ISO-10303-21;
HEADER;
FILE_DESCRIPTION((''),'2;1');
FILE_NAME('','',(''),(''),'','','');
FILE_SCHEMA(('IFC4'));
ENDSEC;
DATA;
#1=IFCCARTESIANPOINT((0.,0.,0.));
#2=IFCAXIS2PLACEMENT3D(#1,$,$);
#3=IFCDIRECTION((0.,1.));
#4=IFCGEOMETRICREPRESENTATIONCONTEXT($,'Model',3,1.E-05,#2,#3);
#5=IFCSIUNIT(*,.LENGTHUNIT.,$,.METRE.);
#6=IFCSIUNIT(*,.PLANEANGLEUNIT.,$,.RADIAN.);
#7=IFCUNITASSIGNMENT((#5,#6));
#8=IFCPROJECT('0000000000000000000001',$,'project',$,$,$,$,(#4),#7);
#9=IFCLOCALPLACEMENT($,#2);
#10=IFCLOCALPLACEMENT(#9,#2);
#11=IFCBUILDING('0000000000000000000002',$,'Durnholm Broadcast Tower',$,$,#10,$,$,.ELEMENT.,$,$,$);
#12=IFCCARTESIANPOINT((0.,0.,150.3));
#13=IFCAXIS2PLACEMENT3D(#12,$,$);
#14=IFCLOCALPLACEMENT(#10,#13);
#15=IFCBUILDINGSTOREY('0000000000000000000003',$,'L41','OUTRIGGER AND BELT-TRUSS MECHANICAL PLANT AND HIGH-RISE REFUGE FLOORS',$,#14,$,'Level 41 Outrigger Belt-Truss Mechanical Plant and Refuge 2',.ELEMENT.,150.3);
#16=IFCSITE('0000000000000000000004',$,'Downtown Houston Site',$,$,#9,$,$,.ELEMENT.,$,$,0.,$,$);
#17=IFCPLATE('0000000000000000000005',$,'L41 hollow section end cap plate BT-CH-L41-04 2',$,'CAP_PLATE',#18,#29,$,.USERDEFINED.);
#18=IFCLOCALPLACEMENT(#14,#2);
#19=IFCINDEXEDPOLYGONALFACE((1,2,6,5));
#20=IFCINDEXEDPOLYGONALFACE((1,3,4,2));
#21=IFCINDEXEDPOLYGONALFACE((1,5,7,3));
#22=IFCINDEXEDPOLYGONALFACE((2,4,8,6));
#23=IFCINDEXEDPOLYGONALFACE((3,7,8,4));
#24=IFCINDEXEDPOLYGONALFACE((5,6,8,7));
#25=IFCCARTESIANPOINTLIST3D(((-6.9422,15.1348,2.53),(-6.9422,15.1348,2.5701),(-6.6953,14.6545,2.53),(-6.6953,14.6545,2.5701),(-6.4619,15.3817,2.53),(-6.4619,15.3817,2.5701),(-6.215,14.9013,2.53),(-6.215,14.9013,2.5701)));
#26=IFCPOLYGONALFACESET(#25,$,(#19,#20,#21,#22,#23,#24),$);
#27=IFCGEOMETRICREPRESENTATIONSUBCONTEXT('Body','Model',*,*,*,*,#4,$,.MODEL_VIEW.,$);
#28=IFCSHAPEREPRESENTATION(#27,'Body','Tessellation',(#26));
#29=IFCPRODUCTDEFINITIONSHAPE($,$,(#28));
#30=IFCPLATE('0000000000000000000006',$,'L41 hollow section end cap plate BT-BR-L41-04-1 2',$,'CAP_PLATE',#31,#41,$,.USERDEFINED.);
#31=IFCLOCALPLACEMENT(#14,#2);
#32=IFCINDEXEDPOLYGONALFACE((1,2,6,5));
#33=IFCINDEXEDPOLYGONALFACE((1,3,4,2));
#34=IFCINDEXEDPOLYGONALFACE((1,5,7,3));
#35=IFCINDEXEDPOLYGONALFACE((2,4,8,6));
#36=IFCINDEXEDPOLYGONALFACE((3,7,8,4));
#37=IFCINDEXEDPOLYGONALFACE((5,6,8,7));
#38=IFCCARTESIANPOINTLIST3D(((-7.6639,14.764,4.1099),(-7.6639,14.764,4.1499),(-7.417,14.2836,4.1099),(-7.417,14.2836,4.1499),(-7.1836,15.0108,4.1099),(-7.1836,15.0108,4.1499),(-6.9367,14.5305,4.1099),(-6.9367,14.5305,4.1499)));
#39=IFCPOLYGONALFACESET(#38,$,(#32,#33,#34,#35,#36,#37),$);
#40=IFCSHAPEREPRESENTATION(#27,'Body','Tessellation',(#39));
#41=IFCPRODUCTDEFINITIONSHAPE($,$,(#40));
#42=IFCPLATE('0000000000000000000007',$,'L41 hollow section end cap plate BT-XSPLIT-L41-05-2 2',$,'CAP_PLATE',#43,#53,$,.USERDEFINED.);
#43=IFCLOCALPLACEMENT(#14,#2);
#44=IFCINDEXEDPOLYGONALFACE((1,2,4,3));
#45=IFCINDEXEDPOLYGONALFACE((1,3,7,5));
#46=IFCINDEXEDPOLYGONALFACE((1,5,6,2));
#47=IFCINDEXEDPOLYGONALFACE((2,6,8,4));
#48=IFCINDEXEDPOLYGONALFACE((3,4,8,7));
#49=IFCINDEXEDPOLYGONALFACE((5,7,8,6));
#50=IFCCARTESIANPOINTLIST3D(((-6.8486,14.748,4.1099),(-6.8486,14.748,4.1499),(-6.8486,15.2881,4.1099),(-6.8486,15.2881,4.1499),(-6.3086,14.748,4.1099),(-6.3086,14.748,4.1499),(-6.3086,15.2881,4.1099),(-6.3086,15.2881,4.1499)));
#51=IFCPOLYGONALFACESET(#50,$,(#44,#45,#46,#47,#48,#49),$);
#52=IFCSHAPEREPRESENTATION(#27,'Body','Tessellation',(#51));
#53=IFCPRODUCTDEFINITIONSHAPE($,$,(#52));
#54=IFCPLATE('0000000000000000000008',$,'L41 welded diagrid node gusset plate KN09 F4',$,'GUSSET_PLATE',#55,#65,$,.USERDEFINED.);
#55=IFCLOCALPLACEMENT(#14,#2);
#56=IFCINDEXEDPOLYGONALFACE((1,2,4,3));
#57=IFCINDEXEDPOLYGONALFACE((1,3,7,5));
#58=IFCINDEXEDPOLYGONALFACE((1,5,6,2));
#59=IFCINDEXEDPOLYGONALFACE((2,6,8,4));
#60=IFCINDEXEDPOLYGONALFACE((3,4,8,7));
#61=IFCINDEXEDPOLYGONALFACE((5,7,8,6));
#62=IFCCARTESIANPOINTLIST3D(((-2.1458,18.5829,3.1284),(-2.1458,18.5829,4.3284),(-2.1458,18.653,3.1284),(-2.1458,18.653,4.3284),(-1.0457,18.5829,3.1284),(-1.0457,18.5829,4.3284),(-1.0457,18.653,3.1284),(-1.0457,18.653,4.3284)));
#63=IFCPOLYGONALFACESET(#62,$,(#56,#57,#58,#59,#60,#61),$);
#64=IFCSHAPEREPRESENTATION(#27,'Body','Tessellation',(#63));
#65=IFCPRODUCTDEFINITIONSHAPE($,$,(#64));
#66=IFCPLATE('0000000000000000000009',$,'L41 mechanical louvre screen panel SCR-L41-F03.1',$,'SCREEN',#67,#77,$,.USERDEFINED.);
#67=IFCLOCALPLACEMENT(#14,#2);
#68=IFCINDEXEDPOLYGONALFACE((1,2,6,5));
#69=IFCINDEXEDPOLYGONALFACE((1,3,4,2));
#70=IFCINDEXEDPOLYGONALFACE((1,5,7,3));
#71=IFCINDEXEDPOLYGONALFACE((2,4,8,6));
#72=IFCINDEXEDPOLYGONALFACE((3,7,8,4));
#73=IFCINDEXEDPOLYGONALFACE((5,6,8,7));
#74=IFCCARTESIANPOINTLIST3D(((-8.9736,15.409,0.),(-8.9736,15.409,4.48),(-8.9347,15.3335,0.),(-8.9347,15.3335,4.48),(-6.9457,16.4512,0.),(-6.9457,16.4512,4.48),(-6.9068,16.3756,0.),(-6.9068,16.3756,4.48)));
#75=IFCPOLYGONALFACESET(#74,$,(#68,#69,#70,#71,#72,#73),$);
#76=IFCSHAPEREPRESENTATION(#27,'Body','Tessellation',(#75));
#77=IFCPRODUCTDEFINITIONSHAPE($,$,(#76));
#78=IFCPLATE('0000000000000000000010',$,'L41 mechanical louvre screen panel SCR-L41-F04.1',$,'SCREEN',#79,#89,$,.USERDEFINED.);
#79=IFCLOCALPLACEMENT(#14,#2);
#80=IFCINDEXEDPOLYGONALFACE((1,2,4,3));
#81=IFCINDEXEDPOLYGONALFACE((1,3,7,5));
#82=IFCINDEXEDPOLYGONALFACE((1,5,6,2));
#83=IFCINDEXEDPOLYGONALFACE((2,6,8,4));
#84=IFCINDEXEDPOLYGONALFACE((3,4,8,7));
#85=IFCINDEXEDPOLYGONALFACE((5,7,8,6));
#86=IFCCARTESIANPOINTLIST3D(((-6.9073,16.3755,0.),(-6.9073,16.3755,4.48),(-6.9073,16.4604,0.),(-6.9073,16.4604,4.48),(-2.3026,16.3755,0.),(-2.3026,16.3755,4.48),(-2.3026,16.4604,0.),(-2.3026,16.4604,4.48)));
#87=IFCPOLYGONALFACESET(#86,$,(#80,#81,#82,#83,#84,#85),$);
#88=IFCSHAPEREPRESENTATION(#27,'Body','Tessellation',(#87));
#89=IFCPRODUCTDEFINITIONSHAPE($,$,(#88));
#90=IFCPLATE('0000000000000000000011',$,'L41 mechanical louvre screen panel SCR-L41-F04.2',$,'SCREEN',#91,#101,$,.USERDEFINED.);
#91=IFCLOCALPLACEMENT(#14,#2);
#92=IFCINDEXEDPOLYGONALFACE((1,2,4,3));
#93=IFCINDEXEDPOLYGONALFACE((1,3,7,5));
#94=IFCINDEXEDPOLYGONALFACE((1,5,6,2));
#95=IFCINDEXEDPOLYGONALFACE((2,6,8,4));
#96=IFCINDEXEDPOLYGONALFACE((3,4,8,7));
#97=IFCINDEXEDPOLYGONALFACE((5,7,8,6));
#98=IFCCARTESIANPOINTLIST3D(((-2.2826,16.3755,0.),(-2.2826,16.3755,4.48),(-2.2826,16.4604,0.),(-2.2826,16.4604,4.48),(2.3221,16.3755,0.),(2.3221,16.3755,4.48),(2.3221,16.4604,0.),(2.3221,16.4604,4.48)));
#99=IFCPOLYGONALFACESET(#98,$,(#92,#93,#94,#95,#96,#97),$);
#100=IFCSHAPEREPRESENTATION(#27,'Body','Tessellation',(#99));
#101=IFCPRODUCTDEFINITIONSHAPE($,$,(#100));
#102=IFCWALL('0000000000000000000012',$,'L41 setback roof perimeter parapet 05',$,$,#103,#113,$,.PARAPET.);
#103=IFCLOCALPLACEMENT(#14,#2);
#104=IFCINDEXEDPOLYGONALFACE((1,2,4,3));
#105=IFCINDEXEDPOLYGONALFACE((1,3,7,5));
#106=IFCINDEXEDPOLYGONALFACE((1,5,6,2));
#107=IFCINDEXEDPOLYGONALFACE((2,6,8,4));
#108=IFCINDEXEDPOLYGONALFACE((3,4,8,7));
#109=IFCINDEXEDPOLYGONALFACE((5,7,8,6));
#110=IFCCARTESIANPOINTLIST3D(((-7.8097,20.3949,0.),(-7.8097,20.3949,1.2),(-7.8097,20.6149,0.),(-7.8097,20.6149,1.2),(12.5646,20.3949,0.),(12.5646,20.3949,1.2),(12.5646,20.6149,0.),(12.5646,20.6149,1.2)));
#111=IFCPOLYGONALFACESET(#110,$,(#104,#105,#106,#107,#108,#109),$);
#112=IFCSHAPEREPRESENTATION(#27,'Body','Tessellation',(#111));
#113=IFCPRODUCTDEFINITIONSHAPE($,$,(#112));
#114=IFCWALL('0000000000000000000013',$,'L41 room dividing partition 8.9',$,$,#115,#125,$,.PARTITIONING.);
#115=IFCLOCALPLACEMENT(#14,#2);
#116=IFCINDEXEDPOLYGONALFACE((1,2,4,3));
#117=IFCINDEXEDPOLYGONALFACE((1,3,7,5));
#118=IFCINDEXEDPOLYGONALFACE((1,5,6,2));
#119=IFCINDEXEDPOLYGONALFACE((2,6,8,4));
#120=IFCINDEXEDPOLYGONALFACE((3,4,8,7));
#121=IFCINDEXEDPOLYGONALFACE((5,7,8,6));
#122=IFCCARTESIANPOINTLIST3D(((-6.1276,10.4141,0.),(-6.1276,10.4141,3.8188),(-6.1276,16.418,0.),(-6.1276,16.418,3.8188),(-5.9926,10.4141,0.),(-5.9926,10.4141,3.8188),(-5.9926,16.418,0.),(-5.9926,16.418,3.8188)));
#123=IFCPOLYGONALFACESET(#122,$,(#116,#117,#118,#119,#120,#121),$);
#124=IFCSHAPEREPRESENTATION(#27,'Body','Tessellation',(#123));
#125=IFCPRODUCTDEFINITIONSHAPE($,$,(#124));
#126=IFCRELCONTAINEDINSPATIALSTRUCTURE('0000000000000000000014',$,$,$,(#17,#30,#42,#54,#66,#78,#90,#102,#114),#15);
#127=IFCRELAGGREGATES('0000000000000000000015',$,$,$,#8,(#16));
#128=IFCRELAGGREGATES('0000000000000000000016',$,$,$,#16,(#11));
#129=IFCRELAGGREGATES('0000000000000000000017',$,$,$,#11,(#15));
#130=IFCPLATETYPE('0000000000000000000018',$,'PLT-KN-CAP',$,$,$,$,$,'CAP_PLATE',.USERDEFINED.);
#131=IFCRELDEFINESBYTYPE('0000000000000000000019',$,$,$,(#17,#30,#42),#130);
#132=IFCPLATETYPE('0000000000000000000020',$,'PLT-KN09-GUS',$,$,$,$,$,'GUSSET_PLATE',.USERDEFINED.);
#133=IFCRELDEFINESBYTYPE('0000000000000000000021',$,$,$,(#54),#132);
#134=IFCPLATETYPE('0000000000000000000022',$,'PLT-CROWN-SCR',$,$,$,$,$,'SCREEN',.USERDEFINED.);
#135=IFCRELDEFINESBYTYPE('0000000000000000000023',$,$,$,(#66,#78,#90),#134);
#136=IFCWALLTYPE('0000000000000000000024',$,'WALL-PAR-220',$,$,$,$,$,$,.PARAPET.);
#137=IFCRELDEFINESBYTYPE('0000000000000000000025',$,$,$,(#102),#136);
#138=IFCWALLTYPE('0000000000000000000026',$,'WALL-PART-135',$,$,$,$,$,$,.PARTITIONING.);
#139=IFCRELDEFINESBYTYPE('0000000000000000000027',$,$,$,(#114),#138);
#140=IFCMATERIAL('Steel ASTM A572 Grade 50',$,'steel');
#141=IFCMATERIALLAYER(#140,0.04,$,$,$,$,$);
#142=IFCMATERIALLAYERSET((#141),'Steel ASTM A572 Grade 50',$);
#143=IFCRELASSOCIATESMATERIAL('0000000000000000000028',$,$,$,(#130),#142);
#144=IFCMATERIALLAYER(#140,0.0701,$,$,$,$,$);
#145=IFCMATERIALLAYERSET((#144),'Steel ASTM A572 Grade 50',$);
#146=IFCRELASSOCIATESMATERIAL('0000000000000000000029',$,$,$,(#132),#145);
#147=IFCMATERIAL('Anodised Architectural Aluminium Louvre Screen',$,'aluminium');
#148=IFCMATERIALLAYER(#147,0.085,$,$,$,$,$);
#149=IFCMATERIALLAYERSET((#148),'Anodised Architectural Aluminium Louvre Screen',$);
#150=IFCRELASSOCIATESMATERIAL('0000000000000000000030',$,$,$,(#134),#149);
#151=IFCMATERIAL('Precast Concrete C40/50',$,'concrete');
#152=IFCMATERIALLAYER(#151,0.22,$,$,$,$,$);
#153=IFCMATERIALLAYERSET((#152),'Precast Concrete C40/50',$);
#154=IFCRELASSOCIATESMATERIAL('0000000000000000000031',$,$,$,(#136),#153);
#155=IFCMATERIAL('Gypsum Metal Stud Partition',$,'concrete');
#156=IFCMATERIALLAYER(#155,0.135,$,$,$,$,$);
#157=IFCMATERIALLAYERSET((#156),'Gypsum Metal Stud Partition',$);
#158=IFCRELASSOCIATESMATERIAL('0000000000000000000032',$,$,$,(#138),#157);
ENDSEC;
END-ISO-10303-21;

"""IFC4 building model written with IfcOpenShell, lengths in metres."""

from ifc_helpers import new_model, si_unit, direction, frame, frame_2d, origin, origin_2d, place, context, subcontext, project, spatial, rectangle, extrude, source, transform, mapped, material, layer, layer_set, type_object, type_shapes, element, save


model = new_model("IFC4")

# Units and contexts
model_context = context("Model", 3, precision=1e-05, world=origin(), true_north=direction((0.0, 1.0)))
body_context = subcontext(model_context, "Body", "Model", "MODEL_VIEW")
ifc_project = project(units=[si_unit("LENGTHUNIT", "METRE"), si_unit("PLANEANGLEUNIT", "RADIAN")], contexts=[model_context])

# Site, building, storey
site_placement = place(None, origin())
site = spatial("IfcSite", under=ifc_project, at=site_placement, Name="Downtown Houston Site", CompositionType="ELEMENT", RefElevation=0.0)
building_placement = place(site_placement, origin())
building = spatial("IfcBuilding", under=site, at=building_placement, Name="Durnholm Broadcast Tower", CompositionType="ELEMENT")
storey_placement = place(building_placement, frame((0.0, 0.0, 150.3)))
storey = spatial("IfcBuildingStorey", under=building, at=storey_placement, Name="L41", Description="OUTRIGGER AND BELT-TRUSS MECHANICAL PLANT AND HIGH-RISE REFUGE FLOORS", LongName="Level 41 Outrigger Belt-Truss Mechanical Plant and Refuge 2", CompositionType="ELEMENT", Elevation=150.3)

# Plates
ifc_material_1 = material(Name="Steel ASTM A572 Grade 50", Category="steel")
ifc_layer_1 = layer(ifc_material_1, 0.04)
ifc_layer_set_1 = layer_set([ifc_layer_1], Name="Steel ASTM A572 Grade 50")
plate_type_1 = type_object("IfcPlateType", Name="PLT-KN-CAP", ElementType="CAP_PLATE", PredefinedType="USERDEFINED", material=ifc_layer_set_1)
shared_shape_1 = source(origin(), body_context, "Body", "SweptSolid", [
    extrude(rectangle(XDim=0.54, YDim=0.54, at=origin_2d()), origin(), (0.0, 0.0, 1.0), 0.04),
])
type_shapes(plate_type_1, [shared_shape_1])
for number, where, z_axis, x_axis, name in (
    (1, (-6.5786, 15.0181, 2.53), (0.0, 0.0, 1.0), (0.889416, 0.457098, 0.0), "L41 hollow section end cap plate BT-CH-L41-04 2"),
    (2, (-7.3003, 14.6472, 4.1099), (0.0, 0.0, 1.0), (0.889416, 0.457098, 0.0), "L41 hollow section end cap plate BT-BR-L41-04-1 2"),
    (3, (-6.5786, 15.0181, 4.1099), (0.0, 0.0, 1.0), (-1.0, 0.0, 0.0), "L41 hollow section end cap plate BT-XSPLIT-L41-05-2 2"),
):
    element("IfcPlate", number, at=place(storey_placement, frame(where, z_axis=z_axis, x_axis=x_axis)), inside=storey, type_object=plate_type_1, Name=name, ObjectType="CAP_PLATE", PredefinedType="USERDEFINED", context=body_context, shape_type="MappedRepresentation", body=[
        mapped(shared_shape_1, transform((0.0, 0.0, 0.0), x_axis=(1.0, 0.0, 0.0), y_axis=(0.0, 1.0, 0.0), z_axis=(0.0, 0.0, 1.0), scale=1.0)),
    ])
ifc_layer_2 = layer(ifc_material_1, 0.0701)
ifc_layer_set_2 = layer_set([ifc_layer_2], Name="Steel ASTM A572 Grade 50")
plate_type_2 = type_object("IfcPlateType", Name="PLT-KN09-GUS", ElementType="GUSSET_PLATE", PredefinedType="USERDEFINED", material=ifc_layer_set_2)
shared_shape_2 = source(origin(), body_context, "Body", "SweptSolid", [
    extrude(rectangle(XDim=1.1001, YDim=0.0701, at=origin_2d()), origin(), (0.0, 0.0, 1.0), 1.2),
])
type_shapes(plate_type_2, [shared_shape_2])
plate_1_placement = place(storey_placement, frame((-1.5957, 18.6179, 3.1284), z_axis=(0.0, 0.0, 1.0), x_axis=(-1.0, 0.0, 0.0)))
element("IfcPlate", 4, at=plate_1_placement, inside=storey, type_object=plate_type_2, Name="L41 welded diagrid node gusset plate KN09 F4", ObjectType="GUSSET_PLATE", PredefinedType="USERDEFINED", context=body_context, shape_type="MappedRepresentation", body=[
    mapped(shared_shape_2, transform((0.0, 0.0, 0.0), x_axis=(1.0, 0.0, 0.0), y_axis=(0.0, 1.0, 0.0), z_axis=(0.0, 0.0, 1.0), scale=1.0)),
])
ifc_material_2 = material(Name="Anodised Architectural Aluminium Louvre Screen", Category="aluminium")
ifc_layer_3 = layer(ifc_material_2, 0.085)
ifc_layer_set_3 = layer_set([ifc_layer_3], Name="Anodised Architectural Aluminium Louvre Screen")
plate_type_3 = type_object("IfcPlateType", Name="PLT-CROWN-SCR", ElementType="SCREEN", PredefinedType="USERDEFINED", material=ifc_layer_set_3)
shared_shape_3 = source(origin(), body_context, "Body", "SweptSolid", [
    extrude(rectangle(XDim=2.28, YDim=0.085, at=origin_2d()), origin(), (0.0, 0.0, 1.0), 4.48),
])
plate_2_placement = place(storey_placement, frame((-7.9402, 15.8923, 0.0), z_axis=(0.0, 0.0, 1.0), x_axis=(0.889416, 0.457098, 0.0)))
element("IfcPlate", 5, at=plate_2_placement, inside=storey, type_object=plate_type_3, Name="L41 mechanical louvre screen panel SCR-L41-F03.1", ObjectType="SCREEN", PredefinedType="USERDEFINED", context=body_context, shape_type="MappedRepresentation", body=[
    mapped(shared_shape_3, transform((0.0, 0.0, 0.0), x_axis=(1.0, 0.0, 0.0), y_axis=(0.0, 1.0, 0.0), z_axis=(0.0, 0.0, 1.0), scale=1.0)),
])
shared_shape_4 = source(origin(), body_context, "Body", "SweptSolid", [
    extrude(rectangle(XDim=4.6047, YDim=0.085, at=origin_2d()), origin(), (0.0, 0.0, 1.0), 4.48),
])
type_shapes(plate_type_3, [shared_shape_3, shared_shape_4])
for number, where, z_axis, x_axis, name in (
    (6, (-4.605, 16.418, 0.0), (0.0, 0.0, 1.0), (1.0, 0.0, 0.0), "L41 mechanical louvre screen panel SCR-L41-F04.1"),
    (7, (0.0198, 16.418, 0.0), (0.0, 0.0, 1.0), (1.0, 0.0, 0.0), "L41 mechanical louvre screen panel SCR-L41-F04.2"),
):
    element("IfcPlate", number, at=place(storey_placement, frame(where, z_axis=z_axis, x_axis=x_axis)), inside=storey, type_object=plate_type_3, Name=name, ObjectType="SCREEN", PredefinedType="USERDEFINED", context=body_context, shape_type="MappedRepresentation", body=[
        mapped(shared_shape_4, transform((0.0, 0.0, 0.0), x_axis=(1.0, 0.0, 0.0), y_axis=(0.0, 1.0, 0.0), z_axis=(0.0, 0.0, 1.0), scale=1.0)),
    ])

# Walls
ifc_material_3 = material(Name="Precast Concrete C40/50", Category="concrete")
ifc_layer_4 = layer(ifc_material_3, 0.22)
ifc_layer_set_4 = layer_set([ifc_layer_4], Name="Precast Concrete C40/50")
wall_type_1 = type_object("IfcWallType", Name="WALL-PAR-220", PredefinedType="PARAPET", material=ifc_layer_set_4)
wall_1_placement = place(storey_placement, frame((-7.8096, 20.5049, 0.0), z_axis=(0.0, 0.0, 1.0), x_axis=(1.0, 0.0, 0.0)))
element("IfcWall", 8, at=wall_1_placement, inside=storey, type_object=wall_type_1, Name="L41 setback roof perimeter parapet 05", PredefinedType="PARAPET", context=body_context, shape_type="SweptSolid", body=[
    extrude(rectangle(XDim=20.3743, YDim=0.22, at=frame_2d((10.187, 0.0))), origin(), (0.0, 0.0, 1.0), 1.2),
])
ifc_material_4 = material(Name="Gypsum Metal Stud Partition", Category="concrete")
ifc_layer_5 = layer(ifc_material_4, 0.135)
ifc_layer_set_5 = layer_set([ifc_layer_5], Name="Gypsum Metal Stud Partition")
wall_type_2 = type_object("IfcWallType", Name="WALL-PART-135", PredefinedType="PARTITIONING", material=ifc_layer_set_5)
wall_2_placement = place(storey_placement, frame((-6.0601, 16.418, 0.0), z_axis=(0.0, 0.0, 1.0), x_axis=(0.0, -1.0, 0.0)))
element("IfcWall", 9, at=wall_2_placement, inside=storey, type_object=wall_type_2, Name="L41 room dividing partition 8.9", PredefinedType="PARTITIONING", context=body_context, shape_type="SweptSolid", body=[
    extrude(rectangle(XDim=6.0039, YDim=0.135, at=frame_2d((3.002, 0.0))), origin(), (0.0, 0.0, 1.0), 3.8188),
])

save(model, "model.ifc")
